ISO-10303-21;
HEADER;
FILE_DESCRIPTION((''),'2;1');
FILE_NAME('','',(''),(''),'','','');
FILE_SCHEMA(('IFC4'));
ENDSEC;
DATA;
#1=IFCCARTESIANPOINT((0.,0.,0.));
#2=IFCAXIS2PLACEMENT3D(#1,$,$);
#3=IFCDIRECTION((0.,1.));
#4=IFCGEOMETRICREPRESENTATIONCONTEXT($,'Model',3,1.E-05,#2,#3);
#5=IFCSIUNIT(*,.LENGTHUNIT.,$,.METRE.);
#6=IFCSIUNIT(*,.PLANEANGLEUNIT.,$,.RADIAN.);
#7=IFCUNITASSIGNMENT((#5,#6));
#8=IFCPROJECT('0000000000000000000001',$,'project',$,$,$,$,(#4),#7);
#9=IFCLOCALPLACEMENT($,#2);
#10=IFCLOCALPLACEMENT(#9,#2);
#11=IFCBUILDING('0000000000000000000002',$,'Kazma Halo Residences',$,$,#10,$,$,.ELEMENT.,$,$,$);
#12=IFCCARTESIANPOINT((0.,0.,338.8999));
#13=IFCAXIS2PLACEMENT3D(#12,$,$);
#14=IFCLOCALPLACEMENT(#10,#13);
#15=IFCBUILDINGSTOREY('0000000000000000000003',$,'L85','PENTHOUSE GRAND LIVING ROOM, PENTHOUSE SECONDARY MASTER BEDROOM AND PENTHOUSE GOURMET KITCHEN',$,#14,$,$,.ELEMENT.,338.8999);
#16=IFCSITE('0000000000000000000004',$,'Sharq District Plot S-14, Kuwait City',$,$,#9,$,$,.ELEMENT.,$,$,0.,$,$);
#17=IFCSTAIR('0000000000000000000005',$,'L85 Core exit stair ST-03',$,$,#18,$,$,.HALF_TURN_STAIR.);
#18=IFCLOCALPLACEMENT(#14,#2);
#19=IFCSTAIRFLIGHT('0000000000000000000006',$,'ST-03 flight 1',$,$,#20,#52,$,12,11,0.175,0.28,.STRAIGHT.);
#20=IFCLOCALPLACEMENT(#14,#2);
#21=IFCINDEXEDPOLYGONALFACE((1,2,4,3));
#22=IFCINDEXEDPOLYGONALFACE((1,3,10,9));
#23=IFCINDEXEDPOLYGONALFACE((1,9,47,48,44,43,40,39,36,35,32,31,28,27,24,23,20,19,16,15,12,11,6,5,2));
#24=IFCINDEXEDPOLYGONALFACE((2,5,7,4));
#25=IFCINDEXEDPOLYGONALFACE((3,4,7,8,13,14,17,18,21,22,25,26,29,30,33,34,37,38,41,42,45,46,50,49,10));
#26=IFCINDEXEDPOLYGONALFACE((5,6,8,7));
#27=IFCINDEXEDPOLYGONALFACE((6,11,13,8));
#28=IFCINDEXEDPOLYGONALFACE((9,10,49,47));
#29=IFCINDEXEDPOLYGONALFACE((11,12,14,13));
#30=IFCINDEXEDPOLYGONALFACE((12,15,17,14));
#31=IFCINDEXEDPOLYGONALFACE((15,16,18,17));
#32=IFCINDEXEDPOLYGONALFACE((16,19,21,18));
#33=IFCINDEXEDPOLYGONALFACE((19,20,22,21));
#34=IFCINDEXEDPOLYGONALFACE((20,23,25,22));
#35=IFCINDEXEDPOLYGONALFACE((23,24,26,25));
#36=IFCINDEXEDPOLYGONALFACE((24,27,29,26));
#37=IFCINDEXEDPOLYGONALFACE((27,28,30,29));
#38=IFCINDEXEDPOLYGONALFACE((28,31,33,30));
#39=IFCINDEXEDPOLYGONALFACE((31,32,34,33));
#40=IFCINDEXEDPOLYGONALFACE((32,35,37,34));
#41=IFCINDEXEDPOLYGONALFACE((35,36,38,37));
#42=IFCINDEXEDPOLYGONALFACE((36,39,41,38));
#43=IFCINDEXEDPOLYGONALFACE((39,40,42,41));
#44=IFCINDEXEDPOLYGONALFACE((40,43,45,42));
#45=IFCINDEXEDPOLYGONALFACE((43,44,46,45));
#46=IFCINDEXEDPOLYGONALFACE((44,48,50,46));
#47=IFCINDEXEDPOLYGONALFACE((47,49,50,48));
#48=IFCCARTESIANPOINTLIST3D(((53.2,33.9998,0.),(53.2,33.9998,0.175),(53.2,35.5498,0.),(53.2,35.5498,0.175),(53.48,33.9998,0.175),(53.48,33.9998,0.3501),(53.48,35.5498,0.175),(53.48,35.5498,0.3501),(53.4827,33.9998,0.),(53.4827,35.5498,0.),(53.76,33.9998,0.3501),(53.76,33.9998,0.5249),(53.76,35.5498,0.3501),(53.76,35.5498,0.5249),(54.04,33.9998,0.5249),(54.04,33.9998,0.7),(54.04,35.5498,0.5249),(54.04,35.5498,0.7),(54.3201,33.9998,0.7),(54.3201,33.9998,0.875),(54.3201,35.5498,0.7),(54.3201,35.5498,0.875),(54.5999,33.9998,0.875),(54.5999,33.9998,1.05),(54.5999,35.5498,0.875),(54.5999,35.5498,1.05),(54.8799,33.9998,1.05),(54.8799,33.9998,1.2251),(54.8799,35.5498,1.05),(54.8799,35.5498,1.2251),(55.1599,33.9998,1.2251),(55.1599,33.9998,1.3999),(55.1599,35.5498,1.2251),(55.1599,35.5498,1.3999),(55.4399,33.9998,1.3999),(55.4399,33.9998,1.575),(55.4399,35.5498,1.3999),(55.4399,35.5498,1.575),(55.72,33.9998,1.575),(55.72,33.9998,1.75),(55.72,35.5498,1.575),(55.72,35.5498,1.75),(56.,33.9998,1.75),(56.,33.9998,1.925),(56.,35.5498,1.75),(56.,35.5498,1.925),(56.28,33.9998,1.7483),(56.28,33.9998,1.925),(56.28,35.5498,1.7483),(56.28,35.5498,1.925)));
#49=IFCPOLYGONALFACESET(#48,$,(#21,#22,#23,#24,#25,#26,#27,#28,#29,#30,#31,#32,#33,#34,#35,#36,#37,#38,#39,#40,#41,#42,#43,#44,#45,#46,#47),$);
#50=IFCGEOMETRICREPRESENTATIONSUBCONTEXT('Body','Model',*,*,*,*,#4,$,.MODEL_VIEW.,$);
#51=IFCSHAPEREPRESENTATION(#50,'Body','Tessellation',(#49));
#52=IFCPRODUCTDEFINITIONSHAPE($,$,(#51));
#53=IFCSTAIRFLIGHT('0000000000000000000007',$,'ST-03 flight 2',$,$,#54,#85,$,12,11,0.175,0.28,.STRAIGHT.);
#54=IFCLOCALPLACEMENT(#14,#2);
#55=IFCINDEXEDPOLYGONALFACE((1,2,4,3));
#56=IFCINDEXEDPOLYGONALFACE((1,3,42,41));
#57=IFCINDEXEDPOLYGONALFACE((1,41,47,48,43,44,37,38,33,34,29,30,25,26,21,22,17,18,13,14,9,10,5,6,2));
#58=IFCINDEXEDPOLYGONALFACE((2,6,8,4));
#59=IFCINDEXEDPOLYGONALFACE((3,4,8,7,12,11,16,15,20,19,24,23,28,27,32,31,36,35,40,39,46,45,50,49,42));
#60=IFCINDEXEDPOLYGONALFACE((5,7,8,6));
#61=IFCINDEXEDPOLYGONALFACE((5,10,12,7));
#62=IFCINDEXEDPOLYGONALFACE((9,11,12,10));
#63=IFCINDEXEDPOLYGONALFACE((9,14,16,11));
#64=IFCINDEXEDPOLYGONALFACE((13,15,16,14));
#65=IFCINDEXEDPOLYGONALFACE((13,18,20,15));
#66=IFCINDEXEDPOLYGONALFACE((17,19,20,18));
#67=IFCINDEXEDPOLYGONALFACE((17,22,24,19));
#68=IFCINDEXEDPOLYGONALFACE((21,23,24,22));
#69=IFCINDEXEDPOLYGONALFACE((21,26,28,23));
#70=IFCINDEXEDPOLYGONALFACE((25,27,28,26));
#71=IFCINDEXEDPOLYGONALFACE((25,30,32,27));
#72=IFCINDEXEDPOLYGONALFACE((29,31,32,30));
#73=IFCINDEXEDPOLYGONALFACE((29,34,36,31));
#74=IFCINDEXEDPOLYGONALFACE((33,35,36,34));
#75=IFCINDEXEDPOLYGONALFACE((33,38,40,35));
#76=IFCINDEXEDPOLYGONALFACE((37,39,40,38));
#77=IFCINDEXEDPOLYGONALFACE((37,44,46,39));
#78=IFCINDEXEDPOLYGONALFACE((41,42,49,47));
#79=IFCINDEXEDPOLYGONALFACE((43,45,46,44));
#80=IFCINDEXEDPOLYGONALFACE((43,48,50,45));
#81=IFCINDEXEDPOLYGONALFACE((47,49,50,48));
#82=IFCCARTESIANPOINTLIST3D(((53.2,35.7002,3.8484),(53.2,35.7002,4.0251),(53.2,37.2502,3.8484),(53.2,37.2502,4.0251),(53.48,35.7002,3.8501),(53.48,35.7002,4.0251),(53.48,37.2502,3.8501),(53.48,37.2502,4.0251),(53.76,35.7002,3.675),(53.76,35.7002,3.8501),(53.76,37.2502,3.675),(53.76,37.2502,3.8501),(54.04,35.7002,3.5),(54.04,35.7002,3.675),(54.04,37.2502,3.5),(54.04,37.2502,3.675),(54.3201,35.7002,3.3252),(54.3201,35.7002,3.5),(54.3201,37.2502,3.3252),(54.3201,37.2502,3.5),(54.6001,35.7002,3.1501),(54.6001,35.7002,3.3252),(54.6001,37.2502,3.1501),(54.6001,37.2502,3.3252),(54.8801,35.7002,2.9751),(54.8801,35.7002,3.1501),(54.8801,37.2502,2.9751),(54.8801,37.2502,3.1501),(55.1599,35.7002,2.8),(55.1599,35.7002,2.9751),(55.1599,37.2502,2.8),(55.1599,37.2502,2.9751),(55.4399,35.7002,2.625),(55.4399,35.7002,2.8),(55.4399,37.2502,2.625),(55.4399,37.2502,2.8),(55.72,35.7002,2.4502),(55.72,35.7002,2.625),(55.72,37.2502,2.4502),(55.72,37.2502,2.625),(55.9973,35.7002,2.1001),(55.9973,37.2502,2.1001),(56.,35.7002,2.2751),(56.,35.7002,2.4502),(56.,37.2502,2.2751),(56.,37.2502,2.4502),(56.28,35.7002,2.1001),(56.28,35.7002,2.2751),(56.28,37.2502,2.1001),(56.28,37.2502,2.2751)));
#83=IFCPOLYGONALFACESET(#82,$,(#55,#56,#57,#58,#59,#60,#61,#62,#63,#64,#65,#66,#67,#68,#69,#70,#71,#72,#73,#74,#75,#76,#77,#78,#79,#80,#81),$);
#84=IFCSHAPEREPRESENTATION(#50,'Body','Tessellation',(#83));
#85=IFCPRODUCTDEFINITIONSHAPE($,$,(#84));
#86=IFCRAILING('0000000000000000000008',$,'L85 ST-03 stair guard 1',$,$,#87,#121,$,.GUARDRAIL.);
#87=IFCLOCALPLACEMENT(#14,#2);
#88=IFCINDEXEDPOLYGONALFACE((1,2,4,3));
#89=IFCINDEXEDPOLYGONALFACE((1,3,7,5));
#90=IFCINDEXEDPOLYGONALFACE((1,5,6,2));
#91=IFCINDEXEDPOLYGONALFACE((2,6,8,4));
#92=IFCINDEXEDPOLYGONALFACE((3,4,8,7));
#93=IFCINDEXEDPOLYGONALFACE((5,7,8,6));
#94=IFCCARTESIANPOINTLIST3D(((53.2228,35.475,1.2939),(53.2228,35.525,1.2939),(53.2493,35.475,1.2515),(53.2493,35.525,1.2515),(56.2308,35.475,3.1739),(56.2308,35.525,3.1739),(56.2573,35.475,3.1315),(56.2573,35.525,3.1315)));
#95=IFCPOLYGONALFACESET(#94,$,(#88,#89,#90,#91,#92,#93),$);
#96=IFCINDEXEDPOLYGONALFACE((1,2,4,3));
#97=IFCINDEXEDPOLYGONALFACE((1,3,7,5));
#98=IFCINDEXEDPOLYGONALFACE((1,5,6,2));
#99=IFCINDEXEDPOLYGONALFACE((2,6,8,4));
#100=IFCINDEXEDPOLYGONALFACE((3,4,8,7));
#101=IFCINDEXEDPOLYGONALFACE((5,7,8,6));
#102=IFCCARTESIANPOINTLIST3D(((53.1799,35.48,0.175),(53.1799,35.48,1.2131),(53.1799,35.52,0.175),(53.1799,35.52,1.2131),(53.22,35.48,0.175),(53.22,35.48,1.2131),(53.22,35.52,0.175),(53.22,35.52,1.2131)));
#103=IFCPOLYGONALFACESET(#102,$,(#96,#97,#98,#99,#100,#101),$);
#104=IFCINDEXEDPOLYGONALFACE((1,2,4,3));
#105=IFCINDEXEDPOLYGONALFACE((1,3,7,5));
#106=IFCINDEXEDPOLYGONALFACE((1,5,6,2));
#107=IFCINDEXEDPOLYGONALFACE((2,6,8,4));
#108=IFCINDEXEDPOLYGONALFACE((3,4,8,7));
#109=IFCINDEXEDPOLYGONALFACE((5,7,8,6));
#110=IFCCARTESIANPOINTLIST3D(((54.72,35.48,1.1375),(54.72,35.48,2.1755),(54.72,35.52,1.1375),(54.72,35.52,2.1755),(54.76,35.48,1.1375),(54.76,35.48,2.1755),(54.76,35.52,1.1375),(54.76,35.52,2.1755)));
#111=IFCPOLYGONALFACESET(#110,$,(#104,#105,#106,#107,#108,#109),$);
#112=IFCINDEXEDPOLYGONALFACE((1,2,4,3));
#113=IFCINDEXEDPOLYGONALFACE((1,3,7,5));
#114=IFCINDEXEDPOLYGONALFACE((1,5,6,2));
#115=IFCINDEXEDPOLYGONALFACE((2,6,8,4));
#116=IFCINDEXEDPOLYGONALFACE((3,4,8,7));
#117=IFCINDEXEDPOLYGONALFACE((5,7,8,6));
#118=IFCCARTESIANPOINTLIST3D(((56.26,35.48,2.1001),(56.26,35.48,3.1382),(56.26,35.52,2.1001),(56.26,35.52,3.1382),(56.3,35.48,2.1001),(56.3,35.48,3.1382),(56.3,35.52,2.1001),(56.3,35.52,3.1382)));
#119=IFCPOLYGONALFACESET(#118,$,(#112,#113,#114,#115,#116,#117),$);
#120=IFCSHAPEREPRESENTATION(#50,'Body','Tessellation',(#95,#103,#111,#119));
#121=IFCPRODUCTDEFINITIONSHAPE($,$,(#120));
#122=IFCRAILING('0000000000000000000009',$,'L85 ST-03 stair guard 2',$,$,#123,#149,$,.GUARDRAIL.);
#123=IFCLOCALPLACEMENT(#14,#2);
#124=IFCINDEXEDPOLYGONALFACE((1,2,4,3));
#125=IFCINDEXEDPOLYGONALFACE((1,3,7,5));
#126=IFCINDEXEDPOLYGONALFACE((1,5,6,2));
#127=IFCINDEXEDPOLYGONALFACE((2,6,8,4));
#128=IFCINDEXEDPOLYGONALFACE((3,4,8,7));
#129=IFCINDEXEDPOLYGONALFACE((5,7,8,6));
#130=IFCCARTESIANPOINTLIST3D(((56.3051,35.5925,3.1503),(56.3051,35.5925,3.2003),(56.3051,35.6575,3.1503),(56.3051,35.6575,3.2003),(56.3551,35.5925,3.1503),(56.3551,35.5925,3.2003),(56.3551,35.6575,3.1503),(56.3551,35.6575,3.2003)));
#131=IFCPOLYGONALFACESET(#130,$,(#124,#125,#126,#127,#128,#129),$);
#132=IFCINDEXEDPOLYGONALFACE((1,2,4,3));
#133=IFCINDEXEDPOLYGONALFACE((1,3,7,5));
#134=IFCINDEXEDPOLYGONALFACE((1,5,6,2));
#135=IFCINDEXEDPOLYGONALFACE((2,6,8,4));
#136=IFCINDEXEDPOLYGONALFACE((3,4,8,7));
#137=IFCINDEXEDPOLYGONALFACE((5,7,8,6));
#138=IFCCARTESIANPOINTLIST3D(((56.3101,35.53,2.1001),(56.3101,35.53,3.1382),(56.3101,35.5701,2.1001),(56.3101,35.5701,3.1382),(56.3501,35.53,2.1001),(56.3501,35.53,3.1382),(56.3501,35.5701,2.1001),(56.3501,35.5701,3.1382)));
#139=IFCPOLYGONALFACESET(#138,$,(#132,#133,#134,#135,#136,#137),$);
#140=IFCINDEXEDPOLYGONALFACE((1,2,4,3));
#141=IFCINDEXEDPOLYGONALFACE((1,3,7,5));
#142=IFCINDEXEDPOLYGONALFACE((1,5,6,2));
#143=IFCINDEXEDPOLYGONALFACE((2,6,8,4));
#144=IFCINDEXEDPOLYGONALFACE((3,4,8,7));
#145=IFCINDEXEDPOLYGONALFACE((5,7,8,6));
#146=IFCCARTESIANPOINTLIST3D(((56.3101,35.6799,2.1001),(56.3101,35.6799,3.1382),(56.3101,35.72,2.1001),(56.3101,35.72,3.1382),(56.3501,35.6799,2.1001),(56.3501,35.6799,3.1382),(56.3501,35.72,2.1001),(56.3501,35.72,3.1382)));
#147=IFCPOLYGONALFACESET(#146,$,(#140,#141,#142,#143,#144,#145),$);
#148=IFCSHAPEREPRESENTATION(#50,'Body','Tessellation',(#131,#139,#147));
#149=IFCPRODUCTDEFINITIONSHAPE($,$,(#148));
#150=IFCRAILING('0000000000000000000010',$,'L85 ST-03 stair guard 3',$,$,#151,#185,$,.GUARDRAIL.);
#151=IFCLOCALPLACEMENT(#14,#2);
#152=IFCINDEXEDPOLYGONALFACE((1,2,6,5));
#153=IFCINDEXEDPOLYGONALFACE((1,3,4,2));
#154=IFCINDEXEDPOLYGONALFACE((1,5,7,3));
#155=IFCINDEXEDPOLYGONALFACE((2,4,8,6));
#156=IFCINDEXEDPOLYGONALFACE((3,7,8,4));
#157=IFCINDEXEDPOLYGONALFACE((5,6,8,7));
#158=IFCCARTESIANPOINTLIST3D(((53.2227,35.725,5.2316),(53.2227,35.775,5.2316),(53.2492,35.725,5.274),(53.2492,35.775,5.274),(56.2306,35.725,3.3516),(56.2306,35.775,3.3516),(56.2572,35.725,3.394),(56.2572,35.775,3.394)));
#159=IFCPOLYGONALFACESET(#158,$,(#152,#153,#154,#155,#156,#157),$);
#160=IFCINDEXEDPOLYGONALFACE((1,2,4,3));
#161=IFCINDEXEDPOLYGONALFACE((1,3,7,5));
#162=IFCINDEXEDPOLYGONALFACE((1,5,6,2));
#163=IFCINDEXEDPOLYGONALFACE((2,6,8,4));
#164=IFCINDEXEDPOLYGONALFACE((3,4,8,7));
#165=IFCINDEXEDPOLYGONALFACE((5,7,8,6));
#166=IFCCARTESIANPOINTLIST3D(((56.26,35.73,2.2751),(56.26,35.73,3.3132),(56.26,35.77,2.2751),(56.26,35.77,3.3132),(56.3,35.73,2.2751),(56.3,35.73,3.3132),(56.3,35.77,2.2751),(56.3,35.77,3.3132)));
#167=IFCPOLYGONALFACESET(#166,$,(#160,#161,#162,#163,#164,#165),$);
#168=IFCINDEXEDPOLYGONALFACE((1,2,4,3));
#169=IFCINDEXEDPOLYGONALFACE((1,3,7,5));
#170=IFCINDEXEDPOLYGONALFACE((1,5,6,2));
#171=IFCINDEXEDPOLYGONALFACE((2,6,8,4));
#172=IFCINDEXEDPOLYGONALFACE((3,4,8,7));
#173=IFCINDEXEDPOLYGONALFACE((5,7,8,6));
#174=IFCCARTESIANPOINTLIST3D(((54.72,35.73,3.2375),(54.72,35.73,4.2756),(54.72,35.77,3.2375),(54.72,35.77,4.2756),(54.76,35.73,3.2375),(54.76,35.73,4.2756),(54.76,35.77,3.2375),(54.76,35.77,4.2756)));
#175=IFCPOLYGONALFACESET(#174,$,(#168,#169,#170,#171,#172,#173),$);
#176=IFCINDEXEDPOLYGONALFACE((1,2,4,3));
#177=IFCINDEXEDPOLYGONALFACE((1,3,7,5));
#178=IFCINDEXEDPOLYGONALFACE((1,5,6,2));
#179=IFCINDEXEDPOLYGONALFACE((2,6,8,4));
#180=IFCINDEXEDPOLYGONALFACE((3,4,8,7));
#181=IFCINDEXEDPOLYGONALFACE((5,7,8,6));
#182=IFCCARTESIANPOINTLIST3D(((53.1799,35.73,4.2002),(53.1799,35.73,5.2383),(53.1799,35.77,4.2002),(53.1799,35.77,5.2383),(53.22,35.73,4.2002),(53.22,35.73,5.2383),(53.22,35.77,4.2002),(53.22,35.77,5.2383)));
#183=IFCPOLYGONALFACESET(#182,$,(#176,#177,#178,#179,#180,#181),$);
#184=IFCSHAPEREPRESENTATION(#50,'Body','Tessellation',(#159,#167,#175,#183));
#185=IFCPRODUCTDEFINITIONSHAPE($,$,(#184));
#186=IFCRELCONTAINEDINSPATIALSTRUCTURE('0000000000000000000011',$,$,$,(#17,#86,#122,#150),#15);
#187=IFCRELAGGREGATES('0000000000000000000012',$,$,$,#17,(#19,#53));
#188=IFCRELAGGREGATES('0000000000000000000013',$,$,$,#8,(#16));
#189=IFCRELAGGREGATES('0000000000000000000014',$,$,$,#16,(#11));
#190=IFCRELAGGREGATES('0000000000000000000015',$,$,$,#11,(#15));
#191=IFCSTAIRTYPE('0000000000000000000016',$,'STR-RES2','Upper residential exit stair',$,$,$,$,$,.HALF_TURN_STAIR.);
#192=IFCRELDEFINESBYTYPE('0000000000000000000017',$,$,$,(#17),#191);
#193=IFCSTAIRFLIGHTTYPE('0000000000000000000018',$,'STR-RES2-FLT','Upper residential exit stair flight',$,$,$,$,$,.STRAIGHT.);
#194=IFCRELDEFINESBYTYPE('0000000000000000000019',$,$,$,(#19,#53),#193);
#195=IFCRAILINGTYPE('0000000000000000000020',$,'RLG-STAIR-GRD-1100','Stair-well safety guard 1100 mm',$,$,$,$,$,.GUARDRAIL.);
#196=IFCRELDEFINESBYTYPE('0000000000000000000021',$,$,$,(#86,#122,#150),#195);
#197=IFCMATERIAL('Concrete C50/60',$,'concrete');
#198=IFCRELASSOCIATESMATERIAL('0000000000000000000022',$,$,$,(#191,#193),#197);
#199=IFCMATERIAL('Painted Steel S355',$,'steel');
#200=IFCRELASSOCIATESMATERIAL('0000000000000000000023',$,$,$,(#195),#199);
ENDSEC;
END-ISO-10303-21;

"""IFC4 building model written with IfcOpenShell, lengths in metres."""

from ifc_helpers import new_model, si_unit, direction, frame, origin, origin_2d, place, context, subcontext, project, spatial, polyline, rectangle, outline, extrude, material, type_object, element, aggregate, save


model = new_model("IFC4")

# Units and contexts
model_context = context("Model", 3, precision=1e-05, world=origin(), true_north=direction((0.0, 1.0)))
body_context = subcontext(model_context, "Body", "Model", "MODEL_VIEW")
ifc_project = project(units=[si_unit("LENGTHUNIT", "METRE"), si_unit("PLANEANGLEUNIT", "RADIAN")], contexts=[model_context])

# Site, building, storey
site_placement = place(None, origin())
site = spatial("IfcSite", under=ifc_project, at=site_placement, Name="Sharq District Plot S-14, Kuwait City", CompositionType="ELEMENT", RefElevation=0.0)
building_placement = place(site_placement, origin())
building = spatial("IfcBuilding", under=site, at=building_placement, Name="Kazma Halo Residences", CompositionType="ELEMENT")
storey_placement = place(building_placement, frame((0.0, 0.0, 338.8999)))
storey = spatial("IfcBuildingStorey", under=building, at=storey_placement, Name="L85", Description="PENTHOUSE GRAND LIVING ROOM, PENTHOUSE SECONDARY MASTER BEDROOM AND PENTHOUSE GOURMET KITCHEN", CompositionType="ELEMENT", Elevation=338.8999)

# Shared definitions
ifc_material_1 = material(Name="Concrete C50/60", Category="concrete")

# Stair, stair flights
stair_type = type_object("IfcStairType", Name="STR-RES2", Description="Upper residential exit stair", PredefinedType="HALF_TURN_STAIR", material=ifc_material_1)
stair_placement = place(storey_placement, origin())
stair = element("IfcStair", 1, at=stair_placement, inside=storey, type_object=stair_type, Name="L85 Core exit stair ST-03", PredefinedType="HALF_TURN_STAIR")
stair_flight_type = type_object("IfcStairFlightType", Name="STR-RES2-FLT", Description="Upper residential exit stair flight", PredefinedType="STRAIGHT", material=ifc_material_1)
stair_flight_1_placement = place(storey_placement, frame((53.2, 34.7749, 0.0), z_axis=(0.0, 0.0, 1.0), x_axis=(1.0, 0.0, 0.0)))
stair_flight_1 = element("IfcStairFlight", 2, at=stair_flight_1_placement, type_object=stair_flight_type, Name="ST-03 flight 1", NumberOfRisers=12, NumberOfTreads=11, PredefinedType="STRAIGHT", RiserHeight=0.175, TreadLength=0.28, context=body_context, shape_type="SweptSolid", body=[
    extrude(outline(polyline([(0.0, 0.0), (0.0, 0.175), (0.28, 0.175), (0.28, 0.3501), (0.5601, 0.3501), (0.5601, 0.5249), (0.8401, 0.5249), (0.8401, 0.7), (1.1201, 0.7), (1.1201, 0.875), (1.3999, 0.875), (1.3999, 1.05), (1.6799, 1.05), (1.6799, 1.2251), (1.96, 1.2251), (1.96, 1.3999), (2.24, 1.3999), (2.24, 1.575), (2.52, 1.575), (2.52, 1.75), (2.8, 1.75), (2.8, 1.925), (3.0801, 1.925), (3.0801, 2.1001), (3.0801, 1.7483), (0.2827, 0.0), (0.0, 0.0)])), frame((0.0, 0.7749, 0.0), z_axis=(0.0, -1.0, 0.0), x_axis=(1.0, 0.0, 0.0)), (0.0, 0.0, 1.0), 1.55),
])
stair_flight_2_placement = place(storey_placement, frame((56.28, 36.4751, 2.1001), z_axis=(0.0, 0.0, 1.0), x_axis=(-1.0, 0.0, 0.0)))
stair_flight_2 = element("IfcStairFlight", 3, at=stair_flight_2_placement, type_object=stair_flight_type, Name="ST-03 flight 2", NumberOfRisers=12, NumberOfTreads=11, PredefinedType="STRAIGHT", RiserHeight=0.175, TreadLength=0.28, context=body_context, shape_type="SweptSolid", body=[
    extrude(outline(polyline([(0.0, 0.0), (0.0, 0.175), (0.28, 0.175), (0.28, 0.3501), (0.5601, 0.3501), (0.5601, 0.5249), (0.8401, 0.5249), (0.8401, 0.7), (1.1201, 0.7), (1.1201, 0.875), (1.3999, 0.875), (1.3999, 1.05), (1.6799, 1.05), (1.6799, 1.2251), (1.96, 1.2251), (1.96, 1.3999), (2.24, 1.3999), (2.24, 1.575), (2.52, 1.575), (2.52, 1.75), (2.8, 1.75), (2.8, 1.925), (3.0801, 1.925), (3.0801, 2.1001), (3.0801, 1.7483), (0.2827, 0.0), (0.0, 0.0)])), frame((0.0, 0.7749, 0.0), z_axis=(0.0, -1.0, 0.0), x_axis=(1.0, 0.0, 0.0)), (0.0, 0.0, 1.0), 1.55),
])
aggregate(stair, [stair_flight_1, stair_flight_2])

# Railings
ifc_material_2 = material(Name="Painted Steel S355", Category="steel")
railing_type_1 = type_object("IfcRailingType", Name="RLG-STAIR-GRD-1100", Description="Stair-well safety guard 1100 mm", PredefinedType="GUARDRAIL", material=ifc_material_2)
railing_1_placement = place(storey_placement, frame((53.2, 35.5, 0.175)))
element("IfcRailing", 4, at=railing_1_placement, inside=storey, type_object=railing_type_1, Name="L85 ST-03 stair guard 1", PredefinedType="GUARDRAIL", context=body_context, shape_type="SweptSolid", body=[
    extrude(rectangle(XDim=0.05, YDim=0.05, at=origin_2d()), frame((0.0361, 0.0, 1.0977), z_axis=(0.847998, 0.0, 0.529999), x_axis=(0.0, 1.0, 0.0)), (0.0, 0.0, 1.0), 3.5471),
    extrude(rectangle(XDim=0.04, YDim=0.04, at=origin_2d()), origin(), (0.0, 0.0, 1.0), 1.0381),
    extrude(rectangle(XDim=0.04, YDim=0.04, at=origin_2d()), frame((1.54, 0.0, 0.9624)), (0.0, 0.0, 1.0), 1.0381),
    extrude(rectangle(XDim=0.04, YDim=0.04, at=origin_2d()), frame((3.0801, 0.0, 1.925)), (0.0, 0.0, 1.0), 1.0381),
])
railing_2_placement = place(storey_placement, frame((56.3301, 35.55, 2.1001)))
element("IfcRailing", 5, at=railing_2_placement, inside=storey, type_object=railing_type_1, Name="L85 ST-03 stair guard 2", PredefinedType="GUARDRAIL", context=body_context, shape_type="SweptSolid", body=[
    extrude(rectangle(XDim=0.05, YDim=0.05, at=origin_2d()), frame((0.0, 0.0425, 1.0752), z_axis=(0.0, 1.0, 0.0), x_axis=(-1.0, 0.0, 0.0)), (0.0, 0.0, 1.0), 0.0649),
    extrude(rectangle(XDim=0.04, YDim=0.04, at=origin_2d()), origin(), (0.0, 0.0, 1.0), 1.0381),
    extrude(rectangle(XDim=0.04, YDim=0.04, at=origin_2d()), frame((0.0, 0.1499, 0.0)), (0.0, 0.0, 1.0), 1.0381),
])
railing_3_placement = place(storey_placement, frame((56.28, 35.75, 2.2751)))
element("IfcRailing", 6, at=railing_3_placement, inside=storey, type_object=railing_type_1, Name="L85 ST-03 stair guard 3", PredefinedType="GUARDRAIL", context=body_context, shape_type="SweptSolid", body=[
    extrude(rectangle(XDim=0.05, YDim=0.05, at=origin_2d()), frame((-0.0361, 0.0, 1.0977), z_axis=(-0.847998, 0.0, 0.529999), x_axis=(0.0, -1.0, 0.0)), (0.0, 0.0, 1.0), 3.5471),
    extrude(rectangle(XDim=0.04, YDim=0.04, at=origin_2d()), origin(), (0.0, 0.0, 1.0), 1.0381),
    extrude(rectangle(XDim=0.04, YDim=0.04, at=origin_2d()), frame((-1.54, 0.0, 0.9624)), (0.0, 0.0, 1.0), 1.0381),
    extrude(rectangle(XDim=0.04, YDim=0.04, at=origin_2d()), frame((-3.0801, 0.0, 1.925)), (0.0, 0.0, 1.0), 1.0381),
])

save(model, "model.ifc")
